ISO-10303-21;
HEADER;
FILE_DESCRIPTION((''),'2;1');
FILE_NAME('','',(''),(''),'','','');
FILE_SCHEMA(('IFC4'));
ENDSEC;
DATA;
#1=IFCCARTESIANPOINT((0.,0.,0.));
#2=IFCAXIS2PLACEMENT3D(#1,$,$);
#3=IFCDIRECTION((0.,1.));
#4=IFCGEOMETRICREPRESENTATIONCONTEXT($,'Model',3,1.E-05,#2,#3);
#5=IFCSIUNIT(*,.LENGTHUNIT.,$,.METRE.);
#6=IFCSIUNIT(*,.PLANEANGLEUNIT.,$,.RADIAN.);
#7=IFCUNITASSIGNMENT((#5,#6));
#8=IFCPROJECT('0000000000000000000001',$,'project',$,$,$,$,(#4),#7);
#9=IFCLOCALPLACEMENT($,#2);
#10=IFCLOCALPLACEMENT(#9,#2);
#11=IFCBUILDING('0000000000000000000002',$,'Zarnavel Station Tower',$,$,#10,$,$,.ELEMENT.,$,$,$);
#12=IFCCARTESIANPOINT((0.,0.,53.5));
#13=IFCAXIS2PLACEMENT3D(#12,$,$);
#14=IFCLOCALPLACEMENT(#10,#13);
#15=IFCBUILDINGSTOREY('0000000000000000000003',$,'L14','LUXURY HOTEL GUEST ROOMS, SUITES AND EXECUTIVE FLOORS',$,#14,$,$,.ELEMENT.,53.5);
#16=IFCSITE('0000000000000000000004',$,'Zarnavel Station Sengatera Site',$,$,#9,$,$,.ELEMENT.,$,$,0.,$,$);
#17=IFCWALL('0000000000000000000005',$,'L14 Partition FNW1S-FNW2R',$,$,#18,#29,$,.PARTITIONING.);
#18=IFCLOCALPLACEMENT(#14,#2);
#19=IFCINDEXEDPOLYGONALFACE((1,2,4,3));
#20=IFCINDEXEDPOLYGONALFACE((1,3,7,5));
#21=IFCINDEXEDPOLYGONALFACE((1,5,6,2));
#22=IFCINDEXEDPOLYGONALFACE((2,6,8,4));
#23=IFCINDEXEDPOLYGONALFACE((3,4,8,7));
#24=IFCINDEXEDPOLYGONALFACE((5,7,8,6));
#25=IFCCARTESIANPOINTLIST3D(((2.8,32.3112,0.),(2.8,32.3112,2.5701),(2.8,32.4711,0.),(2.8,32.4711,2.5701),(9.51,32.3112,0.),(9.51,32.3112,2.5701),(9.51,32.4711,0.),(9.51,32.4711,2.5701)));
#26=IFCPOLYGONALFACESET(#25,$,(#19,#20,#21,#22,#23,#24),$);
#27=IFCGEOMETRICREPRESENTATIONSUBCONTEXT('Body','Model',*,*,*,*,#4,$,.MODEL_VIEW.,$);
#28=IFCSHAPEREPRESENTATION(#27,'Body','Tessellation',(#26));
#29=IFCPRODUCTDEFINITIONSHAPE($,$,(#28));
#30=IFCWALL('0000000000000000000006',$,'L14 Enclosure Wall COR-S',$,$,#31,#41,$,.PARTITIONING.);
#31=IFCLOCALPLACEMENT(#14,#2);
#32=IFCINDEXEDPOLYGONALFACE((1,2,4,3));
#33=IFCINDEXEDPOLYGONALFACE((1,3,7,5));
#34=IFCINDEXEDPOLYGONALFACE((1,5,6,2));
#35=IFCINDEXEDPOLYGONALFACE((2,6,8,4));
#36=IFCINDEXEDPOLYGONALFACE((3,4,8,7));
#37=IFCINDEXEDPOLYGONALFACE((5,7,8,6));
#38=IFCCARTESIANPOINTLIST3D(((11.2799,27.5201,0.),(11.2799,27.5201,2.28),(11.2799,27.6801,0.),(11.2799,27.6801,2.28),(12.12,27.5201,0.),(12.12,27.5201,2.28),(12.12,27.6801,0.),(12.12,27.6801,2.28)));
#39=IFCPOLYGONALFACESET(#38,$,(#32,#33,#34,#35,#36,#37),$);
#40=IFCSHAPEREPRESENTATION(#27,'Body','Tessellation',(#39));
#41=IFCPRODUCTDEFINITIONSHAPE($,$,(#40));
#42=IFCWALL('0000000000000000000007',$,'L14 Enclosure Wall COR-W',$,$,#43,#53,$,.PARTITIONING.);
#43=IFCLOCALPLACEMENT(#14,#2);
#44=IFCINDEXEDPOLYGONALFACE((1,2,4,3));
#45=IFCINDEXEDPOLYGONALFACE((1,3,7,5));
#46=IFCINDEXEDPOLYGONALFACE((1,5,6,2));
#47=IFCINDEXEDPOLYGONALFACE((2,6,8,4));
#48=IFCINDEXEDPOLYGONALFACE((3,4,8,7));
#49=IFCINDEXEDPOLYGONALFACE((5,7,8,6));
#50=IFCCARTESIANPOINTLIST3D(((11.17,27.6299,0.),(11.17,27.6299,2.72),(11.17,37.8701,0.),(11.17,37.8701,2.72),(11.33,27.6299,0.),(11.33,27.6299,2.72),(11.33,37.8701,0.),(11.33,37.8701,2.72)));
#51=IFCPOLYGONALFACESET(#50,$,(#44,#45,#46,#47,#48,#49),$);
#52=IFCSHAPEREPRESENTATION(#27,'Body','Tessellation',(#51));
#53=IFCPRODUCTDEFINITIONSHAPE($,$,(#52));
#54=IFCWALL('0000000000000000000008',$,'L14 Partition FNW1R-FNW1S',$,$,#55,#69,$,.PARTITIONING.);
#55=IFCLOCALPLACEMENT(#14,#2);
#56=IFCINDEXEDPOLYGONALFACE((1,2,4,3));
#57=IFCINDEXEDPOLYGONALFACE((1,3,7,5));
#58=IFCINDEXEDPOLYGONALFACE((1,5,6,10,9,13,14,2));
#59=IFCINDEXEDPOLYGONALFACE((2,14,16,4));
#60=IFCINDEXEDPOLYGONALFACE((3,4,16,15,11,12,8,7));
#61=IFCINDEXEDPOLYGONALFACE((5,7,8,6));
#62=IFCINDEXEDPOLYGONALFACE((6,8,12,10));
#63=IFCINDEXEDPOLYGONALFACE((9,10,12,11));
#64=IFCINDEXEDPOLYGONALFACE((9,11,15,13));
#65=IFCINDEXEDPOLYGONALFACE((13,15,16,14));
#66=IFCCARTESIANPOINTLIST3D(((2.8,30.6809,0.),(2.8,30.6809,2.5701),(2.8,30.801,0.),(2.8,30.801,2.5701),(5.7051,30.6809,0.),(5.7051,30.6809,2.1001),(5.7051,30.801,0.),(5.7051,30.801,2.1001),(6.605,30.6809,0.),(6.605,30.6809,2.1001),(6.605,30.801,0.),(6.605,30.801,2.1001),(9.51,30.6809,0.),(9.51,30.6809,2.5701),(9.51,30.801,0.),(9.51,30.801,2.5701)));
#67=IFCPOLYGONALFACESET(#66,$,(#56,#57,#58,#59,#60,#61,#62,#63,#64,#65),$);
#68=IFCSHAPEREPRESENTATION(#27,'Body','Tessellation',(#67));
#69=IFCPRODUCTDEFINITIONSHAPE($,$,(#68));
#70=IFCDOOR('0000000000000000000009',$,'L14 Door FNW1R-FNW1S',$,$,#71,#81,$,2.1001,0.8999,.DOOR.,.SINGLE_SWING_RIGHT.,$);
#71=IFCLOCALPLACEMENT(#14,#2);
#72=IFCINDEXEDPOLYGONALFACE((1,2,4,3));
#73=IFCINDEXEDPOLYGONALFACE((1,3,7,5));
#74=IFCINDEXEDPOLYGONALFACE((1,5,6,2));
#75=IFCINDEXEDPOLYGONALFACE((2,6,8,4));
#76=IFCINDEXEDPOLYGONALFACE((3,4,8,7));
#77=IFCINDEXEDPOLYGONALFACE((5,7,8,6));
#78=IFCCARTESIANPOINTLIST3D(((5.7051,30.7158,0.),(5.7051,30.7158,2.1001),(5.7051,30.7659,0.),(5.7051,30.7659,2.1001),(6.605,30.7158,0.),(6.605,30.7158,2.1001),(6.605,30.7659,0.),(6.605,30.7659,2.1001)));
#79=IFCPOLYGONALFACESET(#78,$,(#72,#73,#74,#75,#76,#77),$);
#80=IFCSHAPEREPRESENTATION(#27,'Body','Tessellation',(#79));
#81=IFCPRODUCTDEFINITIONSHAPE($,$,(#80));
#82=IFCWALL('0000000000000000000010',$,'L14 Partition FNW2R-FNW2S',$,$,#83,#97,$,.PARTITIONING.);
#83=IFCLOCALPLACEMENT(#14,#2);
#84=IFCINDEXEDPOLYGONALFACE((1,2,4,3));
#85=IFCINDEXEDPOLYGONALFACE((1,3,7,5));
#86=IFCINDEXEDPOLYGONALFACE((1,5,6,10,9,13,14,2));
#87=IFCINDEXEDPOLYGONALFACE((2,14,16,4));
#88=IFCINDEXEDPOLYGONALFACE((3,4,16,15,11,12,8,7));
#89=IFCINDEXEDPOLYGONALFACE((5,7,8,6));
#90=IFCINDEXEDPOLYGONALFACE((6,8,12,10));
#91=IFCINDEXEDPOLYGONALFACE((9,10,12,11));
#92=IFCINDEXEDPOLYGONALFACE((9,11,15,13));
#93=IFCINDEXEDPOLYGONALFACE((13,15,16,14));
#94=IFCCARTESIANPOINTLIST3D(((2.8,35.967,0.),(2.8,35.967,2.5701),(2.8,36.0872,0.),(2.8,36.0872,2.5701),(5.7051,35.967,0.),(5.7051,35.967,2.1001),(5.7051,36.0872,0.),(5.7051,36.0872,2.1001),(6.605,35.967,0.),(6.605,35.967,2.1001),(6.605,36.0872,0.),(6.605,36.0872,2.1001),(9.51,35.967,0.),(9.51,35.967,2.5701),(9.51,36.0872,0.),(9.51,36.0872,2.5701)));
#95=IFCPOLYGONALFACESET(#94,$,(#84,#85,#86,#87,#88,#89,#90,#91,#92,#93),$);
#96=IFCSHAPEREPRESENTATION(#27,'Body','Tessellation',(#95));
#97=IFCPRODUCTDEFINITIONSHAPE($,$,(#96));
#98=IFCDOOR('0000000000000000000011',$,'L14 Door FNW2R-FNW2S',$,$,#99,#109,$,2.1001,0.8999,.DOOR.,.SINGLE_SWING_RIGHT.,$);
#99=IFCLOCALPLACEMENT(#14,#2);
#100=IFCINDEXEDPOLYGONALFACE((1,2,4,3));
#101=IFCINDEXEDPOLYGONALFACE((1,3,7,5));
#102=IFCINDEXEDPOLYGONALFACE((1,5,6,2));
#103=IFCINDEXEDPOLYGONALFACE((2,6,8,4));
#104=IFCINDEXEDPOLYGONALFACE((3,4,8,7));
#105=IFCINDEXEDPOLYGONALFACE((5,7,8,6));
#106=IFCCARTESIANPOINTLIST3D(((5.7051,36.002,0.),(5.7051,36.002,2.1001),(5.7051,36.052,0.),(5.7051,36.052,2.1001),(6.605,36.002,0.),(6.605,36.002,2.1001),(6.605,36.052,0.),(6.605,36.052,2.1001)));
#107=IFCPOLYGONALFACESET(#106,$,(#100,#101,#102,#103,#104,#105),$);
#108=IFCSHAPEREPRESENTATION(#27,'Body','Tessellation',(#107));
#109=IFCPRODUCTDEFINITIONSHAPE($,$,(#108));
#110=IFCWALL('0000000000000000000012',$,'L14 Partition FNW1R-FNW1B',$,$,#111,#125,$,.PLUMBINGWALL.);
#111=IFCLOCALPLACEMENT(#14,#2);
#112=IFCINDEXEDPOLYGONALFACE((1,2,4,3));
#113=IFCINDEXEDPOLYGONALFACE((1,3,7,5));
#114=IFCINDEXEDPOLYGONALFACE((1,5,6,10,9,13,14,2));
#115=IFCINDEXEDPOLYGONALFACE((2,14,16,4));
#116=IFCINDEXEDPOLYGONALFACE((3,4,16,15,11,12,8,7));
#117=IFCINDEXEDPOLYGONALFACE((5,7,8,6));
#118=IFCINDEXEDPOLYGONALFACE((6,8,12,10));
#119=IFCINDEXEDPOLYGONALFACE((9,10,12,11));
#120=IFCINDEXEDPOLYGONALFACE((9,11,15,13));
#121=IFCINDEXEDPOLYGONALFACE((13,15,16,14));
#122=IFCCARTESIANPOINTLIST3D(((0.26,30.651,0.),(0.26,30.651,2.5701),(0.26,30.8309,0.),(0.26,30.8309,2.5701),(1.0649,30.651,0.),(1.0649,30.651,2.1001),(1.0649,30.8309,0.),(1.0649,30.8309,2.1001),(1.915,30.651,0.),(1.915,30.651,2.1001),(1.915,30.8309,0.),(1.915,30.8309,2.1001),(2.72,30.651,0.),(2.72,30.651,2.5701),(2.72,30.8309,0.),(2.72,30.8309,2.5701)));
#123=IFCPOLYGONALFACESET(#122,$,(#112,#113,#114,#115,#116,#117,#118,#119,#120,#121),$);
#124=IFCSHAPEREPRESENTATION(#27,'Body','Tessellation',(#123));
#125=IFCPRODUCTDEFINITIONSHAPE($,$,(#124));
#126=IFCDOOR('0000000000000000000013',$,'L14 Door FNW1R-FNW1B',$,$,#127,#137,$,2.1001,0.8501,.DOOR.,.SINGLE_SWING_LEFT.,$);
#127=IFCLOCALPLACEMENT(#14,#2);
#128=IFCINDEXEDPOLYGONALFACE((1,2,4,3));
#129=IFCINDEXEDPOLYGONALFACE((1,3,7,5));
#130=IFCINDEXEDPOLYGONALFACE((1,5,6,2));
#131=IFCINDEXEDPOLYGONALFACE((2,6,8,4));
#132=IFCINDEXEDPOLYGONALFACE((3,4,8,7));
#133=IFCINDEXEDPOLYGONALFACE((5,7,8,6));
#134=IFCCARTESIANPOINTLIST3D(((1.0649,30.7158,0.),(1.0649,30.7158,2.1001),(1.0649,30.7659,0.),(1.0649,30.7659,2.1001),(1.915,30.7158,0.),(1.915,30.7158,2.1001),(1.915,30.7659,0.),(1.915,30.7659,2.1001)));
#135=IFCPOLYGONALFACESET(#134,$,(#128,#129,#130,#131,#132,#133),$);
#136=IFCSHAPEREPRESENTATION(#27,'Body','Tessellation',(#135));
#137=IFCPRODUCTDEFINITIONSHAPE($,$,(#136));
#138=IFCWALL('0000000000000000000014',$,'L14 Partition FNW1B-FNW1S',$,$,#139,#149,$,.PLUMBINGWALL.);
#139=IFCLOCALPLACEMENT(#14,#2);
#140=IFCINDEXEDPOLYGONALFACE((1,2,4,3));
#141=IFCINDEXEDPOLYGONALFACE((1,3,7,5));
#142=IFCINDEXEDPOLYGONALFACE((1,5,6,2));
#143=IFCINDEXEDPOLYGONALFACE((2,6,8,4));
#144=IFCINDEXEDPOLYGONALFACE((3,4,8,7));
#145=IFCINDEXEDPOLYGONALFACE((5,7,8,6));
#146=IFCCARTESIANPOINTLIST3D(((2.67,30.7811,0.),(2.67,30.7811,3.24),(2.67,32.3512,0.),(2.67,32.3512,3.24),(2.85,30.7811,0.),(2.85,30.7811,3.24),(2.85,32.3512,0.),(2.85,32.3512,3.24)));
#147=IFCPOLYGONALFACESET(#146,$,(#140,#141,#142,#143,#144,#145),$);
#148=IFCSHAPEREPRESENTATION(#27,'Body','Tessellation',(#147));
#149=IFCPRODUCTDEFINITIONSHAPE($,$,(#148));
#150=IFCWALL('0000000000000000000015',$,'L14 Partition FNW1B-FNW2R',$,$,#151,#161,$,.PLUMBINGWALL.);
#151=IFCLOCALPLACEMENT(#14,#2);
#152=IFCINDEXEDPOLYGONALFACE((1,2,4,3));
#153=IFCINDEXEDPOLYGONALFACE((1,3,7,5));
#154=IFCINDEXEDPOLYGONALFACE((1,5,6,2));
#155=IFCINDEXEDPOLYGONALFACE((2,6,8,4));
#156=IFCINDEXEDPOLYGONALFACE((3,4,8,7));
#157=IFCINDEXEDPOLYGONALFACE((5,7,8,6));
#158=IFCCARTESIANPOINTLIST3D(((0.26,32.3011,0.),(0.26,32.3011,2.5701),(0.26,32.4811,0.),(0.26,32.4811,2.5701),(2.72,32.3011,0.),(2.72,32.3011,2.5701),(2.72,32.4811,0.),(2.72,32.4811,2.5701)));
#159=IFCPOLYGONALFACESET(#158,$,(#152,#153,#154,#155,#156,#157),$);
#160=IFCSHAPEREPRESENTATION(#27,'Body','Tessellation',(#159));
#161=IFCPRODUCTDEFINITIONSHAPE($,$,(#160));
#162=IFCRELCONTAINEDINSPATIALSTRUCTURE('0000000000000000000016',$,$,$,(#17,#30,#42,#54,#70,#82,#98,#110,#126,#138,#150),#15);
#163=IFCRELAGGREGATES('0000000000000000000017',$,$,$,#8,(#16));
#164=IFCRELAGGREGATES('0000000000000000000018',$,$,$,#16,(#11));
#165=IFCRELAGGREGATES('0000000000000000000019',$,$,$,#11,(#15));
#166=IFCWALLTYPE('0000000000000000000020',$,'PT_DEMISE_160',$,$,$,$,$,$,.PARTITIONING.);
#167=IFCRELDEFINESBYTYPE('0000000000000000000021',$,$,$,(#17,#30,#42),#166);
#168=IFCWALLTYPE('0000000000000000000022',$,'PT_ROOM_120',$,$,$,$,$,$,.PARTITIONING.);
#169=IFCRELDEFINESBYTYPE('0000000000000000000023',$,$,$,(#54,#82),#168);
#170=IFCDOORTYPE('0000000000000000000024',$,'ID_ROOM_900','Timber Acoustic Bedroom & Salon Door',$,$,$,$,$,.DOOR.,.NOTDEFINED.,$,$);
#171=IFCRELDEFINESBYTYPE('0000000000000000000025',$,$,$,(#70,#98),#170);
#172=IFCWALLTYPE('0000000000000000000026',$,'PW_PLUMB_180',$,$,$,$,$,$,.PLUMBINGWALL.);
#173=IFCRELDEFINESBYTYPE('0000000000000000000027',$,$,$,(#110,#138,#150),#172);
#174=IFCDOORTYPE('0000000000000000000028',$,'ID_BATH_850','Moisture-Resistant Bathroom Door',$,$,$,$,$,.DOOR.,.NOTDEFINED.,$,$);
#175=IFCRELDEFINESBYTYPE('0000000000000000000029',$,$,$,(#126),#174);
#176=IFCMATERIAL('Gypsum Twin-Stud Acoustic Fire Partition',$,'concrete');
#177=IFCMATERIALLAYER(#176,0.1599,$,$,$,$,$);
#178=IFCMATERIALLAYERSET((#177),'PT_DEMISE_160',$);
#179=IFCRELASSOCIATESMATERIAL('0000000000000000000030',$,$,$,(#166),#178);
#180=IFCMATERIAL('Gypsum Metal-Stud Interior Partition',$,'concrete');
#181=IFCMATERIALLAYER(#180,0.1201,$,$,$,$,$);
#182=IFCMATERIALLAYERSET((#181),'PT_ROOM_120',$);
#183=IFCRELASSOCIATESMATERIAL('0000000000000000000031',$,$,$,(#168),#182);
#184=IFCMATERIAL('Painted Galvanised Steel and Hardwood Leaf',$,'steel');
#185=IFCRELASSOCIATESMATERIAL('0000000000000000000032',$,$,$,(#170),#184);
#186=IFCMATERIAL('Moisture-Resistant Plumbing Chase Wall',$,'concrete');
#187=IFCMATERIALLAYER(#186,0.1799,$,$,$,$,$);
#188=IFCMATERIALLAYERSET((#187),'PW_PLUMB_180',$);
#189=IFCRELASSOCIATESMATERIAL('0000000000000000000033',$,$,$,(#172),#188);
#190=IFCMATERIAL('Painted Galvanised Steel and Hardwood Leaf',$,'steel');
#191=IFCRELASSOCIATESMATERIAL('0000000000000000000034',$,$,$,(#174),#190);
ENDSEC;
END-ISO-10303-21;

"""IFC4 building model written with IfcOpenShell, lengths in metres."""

from ifc_helpers import new_model, si_unit, direction, frame, frame_2d, origin, place, context, subcontext, project, spatial, rectangle, extrude, material, layer, layer_set, type_object, element, fill, save


model = new_model("IFC4")

# Units and contexts
model_context = context("Model", 3, precision=1e-05, world=origin(), true_north=direction((0.0, 1.0)))
body_context = subcontext(model_context, "Body", "Model", "MODEL_VIEW")
ifc_project = project(units=[si_unit("LENGTHUNIT", "METRE"), si_unit("PLANEANGLEUNIT", "RADIAN")], contexts=[model_context])

# Site, building, storey
site_placement = place(None, origin())
site = spatial("IfcSite", under=ifc_project, at=site_placement, Name="Zarnavel Station Sengatera Site", CompositionType="ELEMENT", RefElevation=0.0)
building_placement = place(site_placement, origin())
building = spatial("IfcBuilding", under=site, at=building_placement, Name="Zarnavel Station Tower", CompositionType="ELEMENT")
storey_placement = place(building_placement, frame((0.0, 0.0, 53.5)))
storey = spatial("IfcBuildingStorey", under=building, at=storey_placement, Name="L14", Description="LUXURY HOTEL GUEST ROOMS, SUITES AND EXECUTIVE FLOORS", CompositionType="ELEMENT", Elevation=53.5)

# Shared definitions
ifc_material_1 = material(Name="Gypsum Twin-Stud Acoustic Fire Partition", Category="concrete")
ifc_layer_1 = layer(ifc_material_1, 0.1599)
ifc_layer_set_1 = layer_set([ifc_layer_1], Name="PT_DEMISE_160")
wall_type_1 = type_object("IfcWallType", Name="PT_DEMISE_160", PredefinedType="PARTITIONING", material=ifc_layer_set_1)

# Walls
wall_1_placement = place(storey_placement, frame((2.8, 32.3911, 0.0), z_axis=(0.0, 0.0, 1.0), x_axis=(1.0, 0.0, 0.0)))
element("IfcWall", 1, at=wall_1_placement, inside=storey, type_object=wall_type_1, Name="L14 Partition FNW1S-FNW2R", PredefinedType="PARTITIONING", context=body_context, shape_type="SweptSolid", body=[
    extrude(rectangle(XDim=6.71, YDim=0.1599, at=frame_2d((3.355, 0.0))), origin(), (0.0, 0.0, 1.0), 2.5701),
])
wall_2_placement = place(storey_placement, frame((11.28, 27.6001, 0.0), z_axis=(0.0, 0.0, 1.0), x_axis=(1.0, 0.0, 0.0)))
element("IfcWall", 2, at=wall_2_placement, inside=storey, type_object=wall_type_1, Name="L14 Enclosure Wall COR-S", PredefinedType="PARTITIONING", context=body_context, shape_type="SweptSolid", body=[
    extrude(rectangle(XDim=0.8401, YDim=0.1599, at=frame_2d((0.4199, 0.0))), origin(), (0.0, 0.0, 1.0), 2.28),
])
wall_3_placement = place(storey_placement, frame((11.25, 27.6299, 0.0), z_axis=(0.0, 0.0, 1.0), x_axis=(0.0, 1.0, 0.0)))
element("IfcWall", 3, at=wall_3_placement, inside=storey, type_object=wall_type_1, Name="L14 Enclosure Wall COR-W", PredefinedType="PARTITIONING", context=body_context, shape_type="SweptSolid", body=[
    extrude(rectangle(XDim=10.2402, YDim=0.1599, at=frame_2d((5.1201, 0.0))), origin(), (0.0, 0.0, 1.0), 2.72),
])

# Walls, openings, doors
ifc_material_2 = material(Name="Gypsum Metal-Stud Interior Partition", Category="concrete")
ifc_layer_2 = layer(ifc_material_2, 0.1201)
ifc_layer_set_2 = layer_set([ifc_layer_2], Name="PT_ROOM_120")
wall_type_2 = type_object("IfcWallType", Name="PT_ROOM_120", PredefinedType="PARTITIONING", material=ifc_layer_set_2)
wall_4_placement = place(storey_placement, frame((2.8, 30.741, 0.0), z_axis=(0.0, 0.0, 1.0), x_axis=(1.0, 0.0, 0.0)))
wall_4 = element("IfcWall", 4, at=wall_4_placement, inside=storey, type_object=wall_type_2, Name="L14 Partition FNW1R-FNW1S", PredefinedType="PARTITIONING", context=body_context, shape_type="SweptSolid", body=[
    extrude(rectangle(XDim=6.71, YDim=0.1201, at=frame_2d((3.355, 0.0))), origin(), (0.0, 0.0, 1.0), 2.5701),
])
opening_1_placement = place(wall_4_placement, frame((2.905, 0.0, 0.0)))
opening_1 = element("IfcOpeningElement", 5, at=opening_1_placement, cuts=wall_4, PredefinedType="OPENING", context=body_context, shape_type="SweptSolid", body=[
    extrude(rectangle(XDim=0.8999, YDim=2.1001, at=frame_2d((0.45, 1.05))), frame((0.0, 0.0701, 0.0), z_axis=(0.0, -1.0, 0.0), x_axis=(1.0, 0.0, 0.0)), (0.0, 0.0, 1.0), 0.1401),
])
ifc_material_3 = material(Name="Painted Galvanised Steel and Hardwood Leaf", Category="steel")
door_type_1 = type_object("IfcDoorType", Name="ID_ROOM_900", Description="Timber Acoustic Bedroom & Salon Door", OperationType="NOTDEFINED", PredefinedType="DOOR", material=ifc_material_3)
door_1_placement = place(opening_1_placement, origin())
door_1 = element("IfcDoor", 6, at=door_1_placement, inside=storey, type_object=door_type_1, Name="L14 Door FNW1R-FNW1S", OperationType="SINGLE_SWING_RIGHT", OverallHeight=2.1001, OverallWidth=0.8999, PredefinedType="DOOR", context=body_context, shape_type="SweptSolid", body=[
    extrude(rectangle(XDim=0.8999, YDim=2.1001, at=frame_2d((0.45, 1.05))), frame((0.0, 0.0249, 0.0), z_axis=(0.0, -1.0, 0.0), x_axis=(1.0, 0.0, 0.0)), (0.0, 0.0, 1.0), 0.05),
])
fill(opening_1, door_1)
wall_5_placement = place(storey_placement, frame((2.8, 36.0271, 0.0), z_axis=(0.0, 0.0, 1.0), x_axis=(1.0, 0.0, 0.0)))
wall_5 = element("IfcWall", 7, at=wall_5_placement, inside=storey, type_object=wall_type_2, Name="L14 Partition FNW2R-FNW2S", PredefinedType="PARTITIONING", context=body_context, shape_type="SweptSolid", body=[
    extrude(rectangle(XDim=6.71, YDim=0.1201, at=frame_2d((3.355, 0.0))), origin(), (0.0, 0.0, 1.0), 2.5701),
])
opening_2_placement = place(wall_5_placement, frame((2.905, 0.0, 0.0)))
opening_2 = element("IfcOpeningElement", 8, at=opening_2_placement, cuts=wall_5, PredefinedType="OPENING", context=body_context, shape_type="SweptSolid", body=[
    extrude(rectangle(XDim=0.8999, YDim=2.1001, at=frame_2d((0.45, 1.05))), frame((0.0, 0.0701, 0.0), z_axis=(0.0, -1.0, 0.0), x_axis=(1.0, 0.0, 0.0)), (0.0, 0.0, 1.0), 0.1401),
])
door_2_placement = place(opening_2_placement, origin())
door_2 = element("IfcDoor", 9, at=door_2_placement, inside=storey, type_object=door_type_1, Name="L14 Door FNW2R-FNW2S", OperationType="SINGLE_SWING_RIGHT", OverallHeight=2.1001, OverallWidth=0.8999, PredefinedType="DOOR", context=body_context, shape_type="SweptSolid", body=[
    extrude(rectangle(XDim=0.8999, YDim=2.1001, at=frame_2d((0.45, 1.05))), frame((0.0, 0.0249, 0.0), z_axis=(0.0, -1.0, 0.0), x_axis=(1.0, 0.0, 0.0)), (0.0, 0.0, 1.0), 0.05),
])
fill(opening_2, door_2)
ifc_material_4 = material(Name="Moisture-Resistant Plumbing Chase Wall", Category="concrete")
ifc_layer_3 = layer(ifc_material_4, 0.1799)
ifc_layer_set_3 = layer_set([ifc_layer_3], Name="PW_PLUMB_180")
wall_type_3 = type_object("IfcWallType", Name="PW_PLUMB_180", PredefinedType="PLUMBINGWALL", material=ifc_layer_set_3)
wall_6_placement = place(storey_placement, frame((0.26, 30.741, 0.0), z_axis=(0.0, 0.0, 1.0), x_axis=(1.0, 0.0, 0.0)))
wall_6 = element("IfcWall", 10, at=wall_6_placement, inside=storey, type_object=wall_type_3, Name="L14 Partition FNW1R-FNW1B", PredefinedType="PLUMBINGWALL", context=body_context, shape_type="SweptSolid", body=[
    extrude(rectangle(XDim=2.46, YDim=0.1799, at=frame_2d((1.23, 0.0))), origin(), (0.0, 0.0, 1.0), 2.5701),
])
opening_3_placement = place(wall_6_placement, frame((0.8049, 0.0, 0.0)))
opening_3 = element("IfcOpeningElement", 11, at=opening_3_placement, cuts=wall_6, PredefinedType="OPENING", context=body_context, shape_type="SweptSolid", body=[
    extrude(rectangle(XDim=0.8501, YDim=2.1001, at=frame_2d((0.425, 1.05))), frame((0.0, 0.0999, 0.0), z_axis=(0.0, -1.0, 0.0), x_axis=(1.0, 0.0, 0.0)), (0.0, 0.0, 1.0), 0.2),
])
ifc_material_5 = material(Name="Painted Galvanised Steel and Hardwood Leaf", Category="steel")
door_type_2 = type_object("IfcDoorType", Name="ID_BATH_850", Description="Moisture-Resistant Bathroom Door", OperationType="NOTDEFINED", PredefinedType="DOOR", material=ifc_material_5)
door_3_placement = place(opening_3_placement, origin())
door_3 = element("IfcDoor", 12, at=door_3_placement, inside=storey, type_object=door_type_2, Name="L14 Door FNW1R-FNW1B", OperationType="SINGLE_SWING_LEFT", OverallHeight=2.1001, OverallWidth=0.8501, PredefinedType="DOOR", context=body_context, shape_type="SweptSolid", body=[
    extrude(rectangle(XDim=0.8501, YDim=2.1001, at=frame_2d((0.425, 1.05))), frame((0.0, 0.0249, 0.0), z_axis=(0.0, -1.0, 0.0), x_axis=(1.0, 0.0, 0.0)), (0.0, 0.0, 1.0), 0.05),
])
fill(opening_3, door_3)

# Walls
wall_7_placement = place(storey_placement, frame((2.76, 30.781, 0.0), z_axis=(0.0, 0.0, 1.0), x_axis=(0.0, 1.0, 0.0)))
element("IfcWall", 13, at=wall_7_placement, inside=storey, type_object=wall_type_3, Name="L14 Partition FNW1B-FNW1S", PredefinedType="PLUMBINGWALL", context=body_context, shape_type="SweptSolid", body=[
    extrude(rectangle(XDim=1.5701, YDim=0.1799, at=frame_2d((0.7852, 0.0))), origin(), (0.0, 0.0, 1.0), 3.24),
])
wall_8_placement = place(storey_placement, frame((0.26, 32.3911, 0.0), z_axis=(0.0, 0.0, 1.0), x_axis=(1.0, 0.0, 0.0)))
element("IfcWall", 14, at=wall_8_placement, inside=storey, type_object=wall_type_3, Name="L14 Partition FNW1B-FNW2R", PredefinedType="PLUMBINGWALL", context=body_context, shape_type="SweptSolid", body=[
    extrude(rectangle(XDim=2.46, YDim=0.1799, at=frame_2d((1.23, 0.0))), origin(), (0.0, 0.0, 1.0), 2.5701),
])

save(model, "model.ifc")
